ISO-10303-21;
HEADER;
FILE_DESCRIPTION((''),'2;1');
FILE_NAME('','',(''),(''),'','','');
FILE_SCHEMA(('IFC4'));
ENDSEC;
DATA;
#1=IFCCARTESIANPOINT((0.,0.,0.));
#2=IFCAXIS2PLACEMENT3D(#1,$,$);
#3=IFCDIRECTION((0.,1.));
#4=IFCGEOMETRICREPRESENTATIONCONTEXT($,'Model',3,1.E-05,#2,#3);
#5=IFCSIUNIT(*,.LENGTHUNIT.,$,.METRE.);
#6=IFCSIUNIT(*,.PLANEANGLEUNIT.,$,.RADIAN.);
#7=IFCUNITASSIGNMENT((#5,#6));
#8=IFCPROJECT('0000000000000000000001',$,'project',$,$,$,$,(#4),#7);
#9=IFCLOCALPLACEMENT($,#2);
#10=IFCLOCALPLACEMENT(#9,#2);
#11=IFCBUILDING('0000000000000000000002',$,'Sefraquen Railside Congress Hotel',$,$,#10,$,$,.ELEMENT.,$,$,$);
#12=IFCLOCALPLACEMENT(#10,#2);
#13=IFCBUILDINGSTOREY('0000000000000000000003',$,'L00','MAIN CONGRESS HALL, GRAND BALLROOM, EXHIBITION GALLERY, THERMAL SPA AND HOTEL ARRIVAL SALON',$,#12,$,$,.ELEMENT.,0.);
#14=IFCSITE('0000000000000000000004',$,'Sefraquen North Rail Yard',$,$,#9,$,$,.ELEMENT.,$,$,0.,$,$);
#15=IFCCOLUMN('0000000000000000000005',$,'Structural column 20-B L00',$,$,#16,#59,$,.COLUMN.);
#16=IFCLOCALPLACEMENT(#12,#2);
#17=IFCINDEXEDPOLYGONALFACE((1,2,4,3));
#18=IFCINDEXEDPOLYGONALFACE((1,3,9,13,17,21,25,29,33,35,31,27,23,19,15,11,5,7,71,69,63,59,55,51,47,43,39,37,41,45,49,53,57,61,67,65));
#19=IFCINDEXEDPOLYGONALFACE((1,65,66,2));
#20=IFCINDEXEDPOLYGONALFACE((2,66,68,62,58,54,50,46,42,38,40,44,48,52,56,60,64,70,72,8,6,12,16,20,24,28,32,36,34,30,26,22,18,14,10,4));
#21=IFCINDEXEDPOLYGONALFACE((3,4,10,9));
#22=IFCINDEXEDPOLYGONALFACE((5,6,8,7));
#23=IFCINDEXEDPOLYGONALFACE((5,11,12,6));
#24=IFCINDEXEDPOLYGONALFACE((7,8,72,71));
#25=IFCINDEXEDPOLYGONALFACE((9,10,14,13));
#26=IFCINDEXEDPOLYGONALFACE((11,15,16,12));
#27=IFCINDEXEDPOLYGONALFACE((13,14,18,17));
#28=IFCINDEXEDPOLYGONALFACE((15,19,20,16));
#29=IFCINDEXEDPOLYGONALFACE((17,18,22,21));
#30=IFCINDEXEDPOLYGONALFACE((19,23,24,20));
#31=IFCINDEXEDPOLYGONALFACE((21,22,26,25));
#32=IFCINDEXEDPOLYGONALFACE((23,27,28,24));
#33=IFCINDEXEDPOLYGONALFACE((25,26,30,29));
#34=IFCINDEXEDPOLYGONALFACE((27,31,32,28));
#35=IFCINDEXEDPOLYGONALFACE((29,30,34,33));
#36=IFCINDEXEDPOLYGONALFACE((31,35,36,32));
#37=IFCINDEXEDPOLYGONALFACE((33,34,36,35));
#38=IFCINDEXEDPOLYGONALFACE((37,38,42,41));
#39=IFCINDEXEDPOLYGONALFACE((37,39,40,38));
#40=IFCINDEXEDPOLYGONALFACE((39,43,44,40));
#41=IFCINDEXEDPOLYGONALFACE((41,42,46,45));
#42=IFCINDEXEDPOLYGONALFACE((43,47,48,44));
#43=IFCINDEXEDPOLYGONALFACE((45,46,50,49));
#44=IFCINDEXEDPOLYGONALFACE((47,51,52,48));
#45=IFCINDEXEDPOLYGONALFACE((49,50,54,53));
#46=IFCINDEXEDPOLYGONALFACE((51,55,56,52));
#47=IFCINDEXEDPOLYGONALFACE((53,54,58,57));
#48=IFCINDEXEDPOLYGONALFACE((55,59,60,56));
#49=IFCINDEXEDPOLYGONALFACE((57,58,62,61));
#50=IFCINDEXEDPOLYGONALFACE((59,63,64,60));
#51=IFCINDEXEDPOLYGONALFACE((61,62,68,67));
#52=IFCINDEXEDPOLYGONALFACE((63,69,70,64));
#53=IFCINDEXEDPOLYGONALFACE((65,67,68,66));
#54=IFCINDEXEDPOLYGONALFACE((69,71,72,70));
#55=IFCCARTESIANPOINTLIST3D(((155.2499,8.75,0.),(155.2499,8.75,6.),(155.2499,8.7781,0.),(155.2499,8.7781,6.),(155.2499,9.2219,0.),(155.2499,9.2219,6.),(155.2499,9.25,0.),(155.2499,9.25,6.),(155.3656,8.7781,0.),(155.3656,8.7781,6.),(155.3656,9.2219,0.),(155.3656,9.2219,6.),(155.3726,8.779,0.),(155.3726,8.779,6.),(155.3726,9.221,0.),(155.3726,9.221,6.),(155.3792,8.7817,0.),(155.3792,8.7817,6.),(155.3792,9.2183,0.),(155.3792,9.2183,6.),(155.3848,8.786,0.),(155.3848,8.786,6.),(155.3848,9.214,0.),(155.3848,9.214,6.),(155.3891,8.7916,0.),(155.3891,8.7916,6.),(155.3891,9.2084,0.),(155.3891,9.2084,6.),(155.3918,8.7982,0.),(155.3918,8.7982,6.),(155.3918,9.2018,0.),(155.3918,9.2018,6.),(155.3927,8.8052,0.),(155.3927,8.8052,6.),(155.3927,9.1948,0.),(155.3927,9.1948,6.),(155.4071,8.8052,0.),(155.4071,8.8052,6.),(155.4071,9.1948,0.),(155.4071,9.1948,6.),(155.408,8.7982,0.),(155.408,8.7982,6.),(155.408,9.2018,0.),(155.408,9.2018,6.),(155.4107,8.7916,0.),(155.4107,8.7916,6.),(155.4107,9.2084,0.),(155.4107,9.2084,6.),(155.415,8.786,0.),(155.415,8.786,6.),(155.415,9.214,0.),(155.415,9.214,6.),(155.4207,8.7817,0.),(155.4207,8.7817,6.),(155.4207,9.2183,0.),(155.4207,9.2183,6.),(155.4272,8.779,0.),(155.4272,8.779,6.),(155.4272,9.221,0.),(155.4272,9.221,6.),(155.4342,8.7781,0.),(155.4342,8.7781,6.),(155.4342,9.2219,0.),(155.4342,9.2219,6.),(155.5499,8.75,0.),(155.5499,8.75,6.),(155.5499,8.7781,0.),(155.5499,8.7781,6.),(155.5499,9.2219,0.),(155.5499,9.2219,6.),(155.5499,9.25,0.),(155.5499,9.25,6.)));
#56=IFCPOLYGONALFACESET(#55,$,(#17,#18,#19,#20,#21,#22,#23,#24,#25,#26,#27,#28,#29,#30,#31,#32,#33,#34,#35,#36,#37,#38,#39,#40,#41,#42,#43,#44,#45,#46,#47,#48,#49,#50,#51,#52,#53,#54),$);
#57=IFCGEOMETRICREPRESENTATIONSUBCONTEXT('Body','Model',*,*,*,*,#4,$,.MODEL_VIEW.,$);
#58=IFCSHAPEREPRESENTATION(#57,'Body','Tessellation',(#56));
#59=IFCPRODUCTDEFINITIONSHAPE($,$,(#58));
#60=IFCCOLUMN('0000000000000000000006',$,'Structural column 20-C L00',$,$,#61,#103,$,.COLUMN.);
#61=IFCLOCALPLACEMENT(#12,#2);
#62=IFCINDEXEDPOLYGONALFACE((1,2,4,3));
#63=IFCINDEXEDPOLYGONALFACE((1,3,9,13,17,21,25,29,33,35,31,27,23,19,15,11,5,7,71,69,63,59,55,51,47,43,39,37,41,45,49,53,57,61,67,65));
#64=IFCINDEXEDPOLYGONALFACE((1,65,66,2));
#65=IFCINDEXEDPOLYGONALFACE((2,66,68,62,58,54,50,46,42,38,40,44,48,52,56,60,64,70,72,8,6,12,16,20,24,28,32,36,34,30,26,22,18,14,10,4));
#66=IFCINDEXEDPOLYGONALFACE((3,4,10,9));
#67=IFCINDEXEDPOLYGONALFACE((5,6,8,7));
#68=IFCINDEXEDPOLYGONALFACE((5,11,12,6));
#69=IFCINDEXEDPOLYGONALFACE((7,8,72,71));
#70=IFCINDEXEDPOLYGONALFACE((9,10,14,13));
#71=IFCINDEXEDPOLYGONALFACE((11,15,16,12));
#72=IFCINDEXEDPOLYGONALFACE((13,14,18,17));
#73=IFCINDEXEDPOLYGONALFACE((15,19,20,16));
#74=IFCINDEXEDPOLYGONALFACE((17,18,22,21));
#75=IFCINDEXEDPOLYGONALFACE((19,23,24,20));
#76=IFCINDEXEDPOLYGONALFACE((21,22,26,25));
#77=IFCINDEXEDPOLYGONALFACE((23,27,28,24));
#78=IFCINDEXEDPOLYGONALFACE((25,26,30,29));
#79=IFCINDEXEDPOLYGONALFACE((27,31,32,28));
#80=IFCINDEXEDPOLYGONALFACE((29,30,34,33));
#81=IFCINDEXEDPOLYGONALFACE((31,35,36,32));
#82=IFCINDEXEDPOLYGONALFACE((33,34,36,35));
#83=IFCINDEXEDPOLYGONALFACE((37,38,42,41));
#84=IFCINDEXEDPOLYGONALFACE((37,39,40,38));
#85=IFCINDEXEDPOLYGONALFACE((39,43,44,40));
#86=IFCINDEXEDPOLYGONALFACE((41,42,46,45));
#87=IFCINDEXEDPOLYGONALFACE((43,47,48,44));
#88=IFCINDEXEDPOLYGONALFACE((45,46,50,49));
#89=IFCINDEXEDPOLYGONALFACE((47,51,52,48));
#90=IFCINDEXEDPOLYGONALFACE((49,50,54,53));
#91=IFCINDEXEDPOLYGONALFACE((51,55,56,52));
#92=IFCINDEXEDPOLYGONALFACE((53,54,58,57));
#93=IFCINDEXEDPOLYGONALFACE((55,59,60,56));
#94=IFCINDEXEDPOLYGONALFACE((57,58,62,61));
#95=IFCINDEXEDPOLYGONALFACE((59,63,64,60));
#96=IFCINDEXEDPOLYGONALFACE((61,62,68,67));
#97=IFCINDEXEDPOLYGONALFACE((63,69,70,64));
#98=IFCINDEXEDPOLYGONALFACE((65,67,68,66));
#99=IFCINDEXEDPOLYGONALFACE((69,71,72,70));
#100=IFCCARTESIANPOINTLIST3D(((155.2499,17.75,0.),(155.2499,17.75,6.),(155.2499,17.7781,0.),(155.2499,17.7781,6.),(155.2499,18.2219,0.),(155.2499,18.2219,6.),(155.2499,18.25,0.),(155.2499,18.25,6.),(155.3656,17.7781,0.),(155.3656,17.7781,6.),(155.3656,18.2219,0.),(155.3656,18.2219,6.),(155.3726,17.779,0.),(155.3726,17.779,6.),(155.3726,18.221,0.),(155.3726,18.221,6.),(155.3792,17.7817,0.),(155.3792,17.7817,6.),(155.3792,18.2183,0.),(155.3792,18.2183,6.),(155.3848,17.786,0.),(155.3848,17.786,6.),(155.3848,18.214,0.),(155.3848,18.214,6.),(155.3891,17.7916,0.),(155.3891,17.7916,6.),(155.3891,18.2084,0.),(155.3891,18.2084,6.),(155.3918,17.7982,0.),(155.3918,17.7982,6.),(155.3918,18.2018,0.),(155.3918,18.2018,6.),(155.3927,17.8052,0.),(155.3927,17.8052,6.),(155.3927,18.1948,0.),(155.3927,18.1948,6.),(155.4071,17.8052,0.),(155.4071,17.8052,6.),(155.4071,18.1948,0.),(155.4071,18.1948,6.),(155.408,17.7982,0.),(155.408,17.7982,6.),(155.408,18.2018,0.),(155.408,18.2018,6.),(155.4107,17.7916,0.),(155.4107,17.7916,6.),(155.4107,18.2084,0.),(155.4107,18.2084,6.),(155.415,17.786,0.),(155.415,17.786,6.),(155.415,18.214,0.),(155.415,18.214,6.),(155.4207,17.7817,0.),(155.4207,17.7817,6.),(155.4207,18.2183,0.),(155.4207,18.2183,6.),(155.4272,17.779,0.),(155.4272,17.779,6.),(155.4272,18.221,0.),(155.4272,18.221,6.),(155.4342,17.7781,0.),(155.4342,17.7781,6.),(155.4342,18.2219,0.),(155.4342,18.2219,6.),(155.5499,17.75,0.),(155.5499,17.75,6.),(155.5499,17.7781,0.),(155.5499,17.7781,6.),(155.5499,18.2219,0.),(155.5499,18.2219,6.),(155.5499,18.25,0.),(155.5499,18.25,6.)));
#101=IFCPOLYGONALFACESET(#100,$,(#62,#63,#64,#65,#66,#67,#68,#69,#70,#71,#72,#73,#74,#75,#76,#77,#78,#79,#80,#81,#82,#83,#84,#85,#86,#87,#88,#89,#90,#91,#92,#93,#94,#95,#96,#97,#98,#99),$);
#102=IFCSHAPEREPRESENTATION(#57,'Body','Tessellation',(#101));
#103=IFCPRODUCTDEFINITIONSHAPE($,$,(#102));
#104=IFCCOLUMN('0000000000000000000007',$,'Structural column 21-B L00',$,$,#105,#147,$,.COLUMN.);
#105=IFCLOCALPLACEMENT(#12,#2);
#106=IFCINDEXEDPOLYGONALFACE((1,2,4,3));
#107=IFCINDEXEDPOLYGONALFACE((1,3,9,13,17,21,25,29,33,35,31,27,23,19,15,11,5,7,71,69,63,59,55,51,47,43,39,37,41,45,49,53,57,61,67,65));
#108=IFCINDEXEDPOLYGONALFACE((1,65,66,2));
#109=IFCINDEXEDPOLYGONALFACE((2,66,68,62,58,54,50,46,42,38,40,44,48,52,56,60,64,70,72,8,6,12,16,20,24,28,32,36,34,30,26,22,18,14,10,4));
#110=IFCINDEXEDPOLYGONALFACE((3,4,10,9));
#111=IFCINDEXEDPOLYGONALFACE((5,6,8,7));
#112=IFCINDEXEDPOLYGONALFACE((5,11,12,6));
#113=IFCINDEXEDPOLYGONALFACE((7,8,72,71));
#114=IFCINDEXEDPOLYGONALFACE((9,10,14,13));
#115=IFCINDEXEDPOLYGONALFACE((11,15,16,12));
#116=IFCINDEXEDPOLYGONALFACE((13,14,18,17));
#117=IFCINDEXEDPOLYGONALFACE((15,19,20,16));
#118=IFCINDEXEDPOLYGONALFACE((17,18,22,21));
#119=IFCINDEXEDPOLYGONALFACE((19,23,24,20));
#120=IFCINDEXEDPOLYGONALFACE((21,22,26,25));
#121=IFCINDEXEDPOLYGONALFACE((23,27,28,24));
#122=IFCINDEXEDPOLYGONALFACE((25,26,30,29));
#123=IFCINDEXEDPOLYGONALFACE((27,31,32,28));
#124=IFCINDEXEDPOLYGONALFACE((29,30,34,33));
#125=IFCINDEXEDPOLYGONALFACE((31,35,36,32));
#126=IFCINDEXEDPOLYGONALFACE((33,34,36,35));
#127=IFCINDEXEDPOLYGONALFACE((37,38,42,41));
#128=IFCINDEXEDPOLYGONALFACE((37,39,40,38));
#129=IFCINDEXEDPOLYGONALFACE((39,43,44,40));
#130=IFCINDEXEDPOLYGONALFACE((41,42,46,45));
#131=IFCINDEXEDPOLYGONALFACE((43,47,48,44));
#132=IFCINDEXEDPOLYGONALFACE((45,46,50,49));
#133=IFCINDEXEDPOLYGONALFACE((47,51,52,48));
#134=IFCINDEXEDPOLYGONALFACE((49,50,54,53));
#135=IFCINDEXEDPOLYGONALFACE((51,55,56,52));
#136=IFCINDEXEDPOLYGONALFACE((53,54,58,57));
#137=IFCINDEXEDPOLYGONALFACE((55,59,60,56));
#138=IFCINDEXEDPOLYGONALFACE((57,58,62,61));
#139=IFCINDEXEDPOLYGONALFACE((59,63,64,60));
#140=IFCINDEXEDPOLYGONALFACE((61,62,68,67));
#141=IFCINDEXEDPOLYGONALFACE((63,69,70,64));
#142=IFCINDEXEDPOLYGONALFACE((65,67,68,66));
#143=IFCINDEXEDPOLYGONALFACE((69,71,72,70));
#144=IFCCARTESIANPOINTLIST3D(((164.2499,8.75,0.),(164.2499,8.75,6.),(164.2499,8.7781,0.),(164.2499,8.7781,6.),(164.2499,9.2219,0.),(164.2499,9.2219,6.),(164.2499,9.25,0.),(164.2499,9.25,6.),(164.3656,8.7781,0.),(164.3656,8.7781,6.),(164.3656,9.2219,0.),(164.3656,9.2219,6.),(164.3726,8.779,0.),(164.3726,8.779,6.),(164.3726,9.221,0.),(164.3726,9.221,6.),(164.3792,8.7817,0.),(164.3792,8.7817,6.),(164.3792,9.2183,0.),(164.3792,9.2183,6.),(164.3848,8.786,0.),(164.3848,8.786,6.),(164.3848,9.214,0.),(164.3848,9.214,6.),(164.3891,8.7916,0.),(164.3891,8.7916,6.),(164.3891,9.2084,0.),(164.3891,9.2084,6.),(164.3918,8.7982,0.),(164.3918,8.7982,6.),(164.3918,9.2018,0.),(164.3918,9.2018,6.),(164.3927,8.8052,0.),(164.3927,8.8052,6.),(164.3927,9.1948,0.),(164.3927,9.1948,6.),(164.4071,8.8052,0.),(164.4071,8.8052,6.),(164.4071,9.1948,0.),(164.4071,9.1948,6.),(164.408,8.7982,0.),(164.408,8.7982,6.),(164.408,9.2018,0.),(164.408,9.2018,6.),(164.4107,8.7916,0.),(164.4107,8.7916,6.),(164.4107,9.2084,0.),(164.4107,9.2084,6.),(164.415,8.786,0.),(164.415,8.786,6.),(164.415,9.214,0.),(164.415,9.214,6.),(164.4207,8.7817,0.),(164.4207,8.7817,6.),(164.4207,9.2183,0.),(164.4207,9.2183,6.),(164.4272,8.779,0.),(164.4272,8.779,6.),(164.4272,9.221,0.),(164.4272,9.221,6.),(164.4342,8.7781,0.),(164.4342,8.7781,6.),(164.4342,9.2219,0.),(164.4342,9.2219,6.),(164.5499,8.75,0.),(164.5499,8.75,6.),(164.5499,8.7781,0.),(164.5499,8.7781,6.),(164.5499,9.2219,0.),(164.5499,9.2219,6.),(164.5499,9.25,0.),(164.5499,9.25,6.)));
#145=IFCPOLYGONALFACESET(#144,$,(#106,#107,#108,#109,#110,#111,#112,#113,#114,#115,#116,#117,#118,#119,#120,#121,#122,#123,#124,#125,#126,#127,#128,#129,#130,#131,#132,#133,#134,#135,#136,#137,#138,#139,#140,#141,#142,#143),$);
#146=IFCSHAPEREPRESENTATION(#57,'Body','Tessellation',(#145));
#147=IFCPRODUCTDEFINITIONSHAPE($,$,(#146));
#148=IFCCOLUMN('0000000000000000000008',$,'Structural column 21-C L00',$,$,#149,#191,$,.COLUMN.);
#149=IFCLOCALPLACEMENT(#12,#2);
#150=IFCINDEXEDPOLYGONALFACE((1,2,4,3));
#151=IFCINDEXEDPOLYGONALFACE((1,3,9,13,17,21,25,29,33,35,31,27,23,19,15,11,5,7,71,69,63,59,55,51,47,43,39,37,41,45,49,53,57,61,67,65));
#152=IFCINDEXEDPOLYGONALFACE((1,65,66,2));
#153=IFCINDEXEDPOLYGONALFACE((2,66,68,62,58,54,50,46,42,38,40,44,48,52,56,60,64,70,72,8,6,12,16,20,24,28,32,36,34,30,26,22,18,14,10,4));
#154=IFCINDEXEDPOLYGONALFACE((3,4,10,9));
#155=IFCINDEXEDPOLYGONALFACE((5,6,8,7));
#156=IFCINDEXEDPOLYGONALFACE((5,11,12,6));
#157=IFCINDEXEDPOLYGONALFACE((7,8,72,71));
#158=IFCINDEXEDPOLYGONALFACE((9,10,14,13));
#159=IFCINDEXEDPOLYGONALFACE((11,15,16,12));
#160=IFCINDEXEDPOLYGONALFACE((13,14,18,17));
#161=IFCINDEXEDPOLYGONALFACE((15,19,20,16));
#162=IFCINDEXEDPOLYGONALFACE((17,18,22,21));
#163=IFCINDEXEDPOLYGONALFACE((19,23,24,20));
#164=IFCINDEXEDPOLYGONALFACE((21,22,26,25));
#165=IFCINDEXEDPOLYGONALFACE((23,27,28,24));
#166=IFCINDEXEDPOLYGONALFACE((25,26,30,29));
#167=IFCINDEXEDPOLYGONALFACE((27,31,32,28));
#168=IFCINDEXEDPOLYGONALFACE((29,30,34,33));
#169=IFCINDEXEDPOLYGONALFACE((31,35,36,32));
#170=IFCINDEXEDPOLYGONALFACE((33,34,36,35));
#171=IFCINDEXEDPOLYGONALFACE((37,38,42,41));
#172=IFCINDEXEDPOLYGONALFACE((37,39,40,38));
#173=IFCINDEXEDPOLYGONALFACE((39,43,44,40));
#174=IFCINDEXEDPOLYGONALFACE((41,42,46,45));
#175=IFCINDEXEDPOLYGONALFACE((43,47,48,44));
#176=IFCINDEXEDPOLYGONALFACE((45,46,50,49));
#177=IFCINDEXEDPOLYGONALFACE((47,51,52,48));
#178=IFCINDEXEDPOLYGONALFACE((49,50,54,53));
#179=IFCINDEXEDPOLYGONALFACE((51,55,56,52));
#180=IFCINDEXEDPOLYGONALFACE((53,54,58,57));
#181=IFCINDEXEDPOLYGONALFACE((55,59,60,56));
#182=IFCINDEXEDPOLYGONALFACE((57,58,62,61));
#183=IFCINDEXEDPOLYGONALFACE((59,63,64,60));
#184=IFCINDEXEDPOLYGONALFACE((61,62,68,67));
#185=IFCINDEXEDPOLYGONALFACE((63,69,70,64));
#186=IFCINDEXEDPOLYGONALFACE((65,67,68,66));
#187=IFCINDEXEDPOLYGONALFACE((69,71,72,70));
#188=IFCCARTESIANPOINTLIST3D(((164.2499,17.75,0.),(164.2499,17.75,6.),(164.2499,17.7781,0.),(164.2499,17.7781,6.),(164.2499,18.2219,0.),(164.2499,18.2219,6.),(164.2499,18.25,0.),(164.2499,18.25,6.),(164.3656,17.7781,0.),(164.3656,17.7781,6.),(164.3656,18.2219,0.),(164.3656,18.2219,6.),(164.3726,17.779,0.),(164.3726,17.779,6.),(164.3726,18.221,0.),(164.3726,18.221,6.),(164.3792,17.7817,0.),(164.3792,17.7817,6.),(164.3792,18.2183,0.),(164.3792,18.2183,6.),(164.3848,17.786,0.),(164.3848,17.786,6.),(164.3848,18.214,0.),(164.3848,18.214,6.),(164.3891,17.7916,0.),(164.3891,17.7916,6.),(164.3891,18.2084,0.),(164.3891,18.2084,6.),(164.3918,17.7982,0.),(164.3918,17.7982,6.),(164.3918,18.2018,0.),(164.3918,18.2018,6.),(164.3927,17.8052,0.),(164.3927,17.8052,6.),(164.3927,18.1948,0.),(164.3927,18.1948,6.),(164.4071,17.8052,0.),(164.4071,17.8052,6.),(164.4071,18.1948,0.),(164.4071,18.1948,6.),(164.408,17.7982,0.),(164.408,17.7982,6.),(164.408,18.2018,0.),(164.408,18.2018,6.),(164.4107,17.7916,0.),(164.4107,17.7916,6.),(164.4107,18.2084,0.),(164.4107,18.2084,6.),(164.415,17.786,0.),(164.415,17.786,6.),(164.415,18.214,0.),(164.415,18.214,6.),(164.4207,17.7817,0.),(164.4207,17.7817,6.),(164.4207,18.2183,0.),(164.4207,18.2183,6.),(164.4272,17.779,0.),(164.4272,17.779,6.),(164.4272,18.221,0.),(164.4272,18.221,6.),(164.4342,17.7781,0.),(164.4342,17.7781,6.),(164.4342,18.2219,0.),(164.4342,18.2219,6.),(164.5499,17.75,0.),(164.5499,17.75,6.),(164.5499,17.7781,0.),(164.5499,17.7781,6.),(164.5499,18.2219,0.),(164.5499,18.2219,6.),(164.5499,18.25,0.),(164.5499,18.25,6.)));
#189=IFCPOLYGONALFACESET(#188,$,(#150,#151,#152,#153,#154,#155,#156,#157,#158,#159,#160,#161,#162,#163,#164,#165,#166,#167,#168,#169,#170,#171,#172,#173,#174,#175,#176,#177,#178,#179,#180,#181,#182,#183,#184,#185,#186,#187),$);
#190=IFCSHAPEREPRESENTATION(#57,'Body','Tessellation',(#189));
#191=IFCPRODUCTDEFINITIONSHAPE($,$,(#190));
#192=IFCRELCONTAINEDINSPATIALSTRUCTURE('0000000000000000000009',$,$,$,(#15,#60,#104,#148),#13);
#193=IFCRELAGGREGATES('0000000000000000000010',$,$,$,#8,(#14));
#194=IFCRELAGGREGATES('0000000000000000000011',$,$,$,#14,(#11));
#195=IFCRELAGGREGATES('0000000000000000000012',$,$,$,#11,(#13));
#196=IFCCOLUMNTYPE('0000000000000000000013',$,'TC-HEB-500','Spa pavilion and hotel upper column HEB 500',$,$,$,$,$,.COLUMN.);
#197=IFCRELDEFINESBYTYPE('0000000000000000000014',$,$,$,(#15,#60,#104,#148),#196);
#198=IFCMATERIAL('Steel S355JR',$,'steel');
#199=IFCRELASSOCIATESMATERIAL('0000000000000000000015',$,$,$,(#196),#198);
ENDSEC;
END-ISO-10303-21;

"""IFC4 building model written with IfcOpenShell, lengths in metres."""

from ifc_helpers import new_model, si_unit, direction, frame, origin, origin_2d, place, context, subcontext, project, spatial, i_section, extrude, material, material_profile, profile_set, type_object, element, save


model = new_model("IFC4")

# Units and contexts
model_context = context("Model", 3, precision=1e-05, world=origin(), true_north=direction((0.0, 1.0)))
body_context = subcontext(model_context, "Body", "Model", "MODEL_VIEW")
ifc_project = project(units=[si_unit("LENGTHUNIT", "METRE"), si_unit("PLANEANGLEUNIT", "RADIAN")], contexts=[model_context])

# Site, building, storey
site_placement = place(None, origin())
site = spatial("IfcSite", under=ifc_project, at=site_placement, Name="Sefraquen North Rail Yard", CompositionType="ELEMENT", RefElevation=0.0)
building_placement = place(site_placement, origin())
building = spatial("IfcBuilding", under=site, at=building_placement, Name="Sefraquen Railside Congress Hotel", CompositionType="ELEMENT")
storey_placement = place(building_placement, origin())
storey = spatial("IfcBuildingStorey", under=building, at=storey_placement, Name="L00", Description="MAIN CONGRESS HALL, GRAND BALLROOM, EXHIBITION GALLERY, THERMAL SPA AND HOTEL ARRIVAL SALON", CompositionType="ELEMENT", Elevation=0.0)

# Columns
ifc_material_1 = material(Name="Steel S355JR", Category="steel")
ifc_material_profile_1 = material_profile(ifc_material_1, i_section(OverallWidth=0.3, OverallDepth=0.5, WebThickness=0.0144, FlangeThickness=0.0281, FilletRadius=0.0271, at=origin_2d()), Name="HEB 500")
ifc_profile_set_1 = profile_set([ifc_material_profile_1], Name="Steel S355JR")
column_type = type_object("IfcColumnType", Name="TC-HEB-500", Description="Spa pavilion and hotel upper column HEB 500", PredefinedType="COLUMN", material=ifc_profile_set_1)
for number, where, z_axis, x_axis, name in (
    (1, (155.3999, 9.0, 0.0), (0.0, 0.0, 1.0), (1.0, 0.0, 0.0), "Structural column 20-B L00"),
    (2, (155.3999, 18.0, 0.0), (0.0, 0.0, 1.0), (1.0, 0.0, 0.0), "Structural column 20-C L00"),
    (3, (164.3999, 9.0, 0.0), (0.0, 0.0, 1.0), (1.0, 0.0, 0.0), "Structural column 21-B L00"),
    (4, (164.3999, 18.0, 0.0), (0.0, 0.0, 1.0), (1.0, 0.0, 0.0), "Structural column 21-C L00"),
):
    element("IfcColumn", number, at=place(storey_placement, frame(where, z_axis=z_axis, x_axis=x_axis)), inside=storey, type_object=column_type, Name=name, PredefinedType="COLUMN", context=body_context, shape_type="SweptSolid", body=[
        extrude(i_section(OverallWidth=0.3, OverallDepth=0.5, WebThickness=0.0144, FlangeThickness=0.0281, FilletRadius=0.0271, at=origin_2d()), origin(), (0.0, 0.0, 1.0), 6.0),
    ])

save(model, "model.ifc")
